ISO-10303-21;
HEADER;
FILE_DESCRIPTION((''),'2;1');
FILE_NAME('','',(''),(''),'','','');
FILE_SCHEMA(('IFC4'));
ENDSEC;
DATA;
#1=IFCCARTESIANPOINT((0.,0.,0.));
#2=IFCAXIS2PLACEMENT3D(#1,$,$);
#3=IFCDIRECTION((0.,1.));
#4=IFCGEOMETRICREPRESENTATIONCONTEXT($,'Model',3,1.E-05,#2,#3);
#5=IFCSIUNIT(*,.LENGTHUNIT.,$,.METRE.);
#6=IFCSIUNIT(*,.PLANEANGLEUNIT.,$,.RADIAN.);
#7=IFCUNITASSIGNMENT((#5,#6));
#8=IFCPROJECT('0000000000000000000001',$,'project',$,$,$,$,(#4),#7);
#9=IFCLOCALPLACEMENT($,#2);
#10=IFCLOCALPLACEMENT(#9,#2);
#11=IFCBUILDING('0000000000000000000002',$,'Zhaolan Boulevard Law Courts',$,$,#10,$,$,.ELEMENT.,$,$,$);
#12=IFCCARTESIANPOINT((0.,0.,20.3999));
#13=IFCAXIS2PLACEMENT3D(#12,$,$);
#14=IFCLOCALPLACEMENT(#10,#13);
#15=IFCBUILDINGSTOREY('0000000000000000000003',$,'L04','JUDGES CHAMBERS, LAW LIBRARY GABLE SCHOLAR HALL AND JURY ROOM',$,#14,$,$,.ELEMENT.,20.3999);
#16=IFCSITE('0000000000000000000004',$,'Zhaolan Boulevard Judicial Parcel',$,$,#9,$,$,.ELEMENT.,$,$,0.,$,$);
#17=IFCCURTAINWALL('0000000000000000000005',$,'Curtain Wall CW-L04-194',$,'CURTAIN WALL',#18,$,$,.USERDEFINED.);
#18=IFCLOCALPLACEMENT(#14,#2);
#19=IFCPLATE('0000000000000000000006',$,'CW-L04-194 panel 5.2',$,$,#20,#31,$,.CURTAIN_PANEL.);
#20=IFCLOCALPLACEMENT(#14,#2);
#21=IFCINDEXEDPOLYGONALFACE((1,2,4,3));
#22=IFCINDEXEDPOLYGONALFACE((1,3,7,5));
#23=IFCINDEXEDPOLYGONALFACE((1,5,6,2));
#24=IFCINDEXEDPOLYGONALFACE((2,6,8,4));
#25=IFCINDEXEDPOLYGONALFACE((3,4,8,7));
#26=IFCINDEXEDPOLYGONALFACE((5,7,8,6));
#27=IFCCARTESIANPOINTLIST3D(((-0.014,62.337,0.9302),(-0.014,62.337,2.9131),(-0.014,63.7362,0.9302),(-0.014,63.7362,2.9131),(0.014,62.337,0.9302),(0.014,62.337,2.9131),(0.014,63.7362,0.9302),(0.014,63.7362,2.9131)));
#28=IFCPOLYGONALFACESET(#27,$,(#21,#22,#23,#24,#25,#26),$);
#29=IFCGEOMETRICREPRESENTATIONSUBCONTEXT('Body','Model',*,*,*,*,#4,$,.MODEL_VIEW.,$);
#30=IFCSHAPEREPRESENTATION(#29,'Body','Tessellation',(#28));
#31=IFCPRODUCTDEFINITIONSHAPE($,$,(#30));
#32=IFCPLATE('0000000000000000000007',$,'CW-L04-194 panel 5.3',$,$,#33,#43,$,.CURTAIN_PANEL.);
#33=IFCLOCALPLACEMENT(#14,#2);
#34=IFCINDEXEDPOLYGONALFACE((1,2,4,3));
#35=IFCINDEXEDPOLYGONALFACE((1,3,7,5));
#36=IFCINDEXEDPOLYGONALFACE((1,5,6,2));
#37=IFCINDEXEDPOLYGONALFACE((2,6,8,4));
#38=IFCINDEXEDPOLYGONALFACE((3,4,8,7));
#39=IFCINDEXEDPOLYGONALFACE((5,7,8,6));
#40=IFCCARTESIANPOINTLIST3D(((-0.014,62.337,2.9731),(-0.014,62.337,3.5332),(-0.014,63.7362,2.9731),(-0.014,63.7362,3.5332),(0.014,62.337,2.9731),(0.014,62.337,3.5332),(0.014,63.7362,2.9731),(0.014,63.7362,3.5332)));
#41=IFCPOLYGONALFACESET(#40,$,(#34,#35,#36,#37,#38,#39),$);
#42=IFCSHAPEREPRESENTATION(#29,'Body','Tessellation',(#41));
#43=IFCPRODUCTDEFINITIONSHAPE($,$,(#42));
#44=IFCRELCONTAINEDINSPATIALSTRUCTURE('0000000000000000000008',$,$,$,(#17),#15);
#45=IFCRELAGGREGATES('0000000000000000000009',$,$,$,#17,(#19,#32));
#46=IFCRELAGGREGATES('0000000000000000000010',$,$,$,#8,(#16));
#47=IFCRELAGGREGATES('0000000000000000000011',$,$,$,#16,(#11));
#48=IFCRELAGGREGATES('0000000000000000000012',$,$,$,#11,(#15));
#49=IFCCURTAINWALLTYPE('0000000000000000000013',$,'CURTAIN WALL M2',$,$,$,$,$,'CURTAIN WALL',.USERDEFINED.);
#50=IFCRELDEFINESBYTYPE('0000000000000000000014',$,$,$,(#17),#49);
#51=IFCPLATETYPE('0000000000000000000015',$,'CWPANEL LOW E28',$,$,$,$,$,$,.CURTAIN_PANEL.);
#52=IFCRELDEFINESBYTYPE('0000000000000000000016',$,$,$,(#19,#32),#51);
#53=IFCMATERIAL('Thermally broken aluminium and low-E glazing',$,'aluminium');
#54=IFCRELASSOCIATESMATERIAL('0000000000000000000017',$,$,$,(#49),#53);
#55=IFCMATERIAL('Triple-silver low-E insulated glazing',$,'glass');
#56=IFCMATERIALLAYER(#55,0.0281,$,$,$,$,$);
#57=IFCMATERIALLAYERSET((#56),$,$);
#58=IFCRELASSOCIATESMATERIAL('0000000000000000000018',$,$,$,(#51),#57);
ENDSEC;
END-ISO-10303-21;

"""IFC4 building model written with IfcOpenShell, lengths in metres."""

from ifc_helpers import new_model, si_unit, direction, frame, origin, origin_2d, place, context, subcontext, project, spatial, rectangle, extrude, material, layer, layer_set, type_object, element, aggregate, save


model = new_model("IFC4")

# Units and contexts
model_context = context("Model", 3, precision=1e-05, world=origin(), true_north=direction((0.0, 1.0)))
body_context = subcontext(model_context, "Body", "Model", "MODEL_VIEW")
ifc_project = project(units=[si_unit("LENGTHUNIT", "METRE"), si_unit("PLANEANGLEUNIT", "RADIAN")], contexts=[model_context])

# Site, building, storey
site_placement = place(None, origin())
site = spatial("IfcSite", under=ifc_project, at=site_placement, Name="Zhaolan Boulevard Judicial Parcel", CompositionType="ELEMENT", RefElevation=0.0)
building_placement = place(site_placement, origin())
building = spatial("IfcBuilding", under=site, at=building_placement, Name="Zhaolan Boulevard Law Courts", CompositionType="ELEMENT")
storey_placement = place(building_placement, frame((0.0, 0.0, 20.3999)))
storey = spatial("IfcBuildingStorey", under=building, at=storey_placement, Name="L04", Description="JUDGES CHAMBERS, LAW LIBRARY GABLE SCHOLAR HALL AND JURY ROOM", CompositionType="ELEMENT", Elevation=20.3999)

# Curtain wall
ifc_material_1 = material(Name="Thermally broken aluminium and low-E glazing", Category="aluminium")
curtain_wall_type = type_object("IfcCurtainWallType", Name="CURTAIN WALL M2", ElementType="CURTAIN WALL", PredefinedType="USERDEFINED", material=ifc_material_1)
curtain_wall_placement = place(storey_placement, origin())
curtain_wall = element("IfcCurtainWall", 1, at=curtain_wall_placement, inside=storey, type_object=curtain_wall_type, Name="Curtain Wall CW-L04-194", ObjectType="CURTAIN WALL", PredefinedType="USERDEFINED")

# Plates
ifc_material_2 = material(Name="Triple-silver low-E insulated glazing", Category="glass")
ifc_layer = layer(ifc_material_2, 0.0281)
ifc_layer_set = layer_set([ifc_layer])
plate_type = type_object("IfcPlateType", Name="CWPANEL LOW E28", PredefinedType="CURTAIN_PANEL", material=ifc_layer_set)
plate_1_placement = place(storey_placement, frame((0.0, 63.0366, 0.9302), z_axis=(0.0, 0.0, 1.0), x_axis=(0.0, -1.0, 0.0)))
plate_1 = element("IfcPlate", 2, at=plate_1_placement, type_object=plate_type, Name="CW-L04-194 panel 5.2", PredefinedType="CURTAIN_PANEL", context=body_context, shape_type="SweptSolid", body=[
    extrude(rectangle(XDim=1.3992, YDim=0.0281, at=origin_2d()), origin(), (0.0, 0.0, 1.0), 1.9829),
])
plate_2_placement = place(storey_placement, frame((0.0, 63.0366, 2.9731), z_axis=(0.0, 0.0, 1.0), x_axis=(0.0, -1.0, 0.0)))
plate_2 = element("IfcPlate", 3, at=plate_2_placement, type_object=plate_type, Name="CW-L04-194 panel 5.3", PredefinedType="CURTAIN_PANEL", context=body_context, shape_type="SweptSolid", body=[
    extrude(rectangle(XDim=1.3992, YDim=0.0281, at=origin_2d()), origin(), (0.0, 0.0, 1.0), 0.5601),
])
aggregate(curtain_wall, [plate_1, plate_2])

save(model, "model.ifc")
